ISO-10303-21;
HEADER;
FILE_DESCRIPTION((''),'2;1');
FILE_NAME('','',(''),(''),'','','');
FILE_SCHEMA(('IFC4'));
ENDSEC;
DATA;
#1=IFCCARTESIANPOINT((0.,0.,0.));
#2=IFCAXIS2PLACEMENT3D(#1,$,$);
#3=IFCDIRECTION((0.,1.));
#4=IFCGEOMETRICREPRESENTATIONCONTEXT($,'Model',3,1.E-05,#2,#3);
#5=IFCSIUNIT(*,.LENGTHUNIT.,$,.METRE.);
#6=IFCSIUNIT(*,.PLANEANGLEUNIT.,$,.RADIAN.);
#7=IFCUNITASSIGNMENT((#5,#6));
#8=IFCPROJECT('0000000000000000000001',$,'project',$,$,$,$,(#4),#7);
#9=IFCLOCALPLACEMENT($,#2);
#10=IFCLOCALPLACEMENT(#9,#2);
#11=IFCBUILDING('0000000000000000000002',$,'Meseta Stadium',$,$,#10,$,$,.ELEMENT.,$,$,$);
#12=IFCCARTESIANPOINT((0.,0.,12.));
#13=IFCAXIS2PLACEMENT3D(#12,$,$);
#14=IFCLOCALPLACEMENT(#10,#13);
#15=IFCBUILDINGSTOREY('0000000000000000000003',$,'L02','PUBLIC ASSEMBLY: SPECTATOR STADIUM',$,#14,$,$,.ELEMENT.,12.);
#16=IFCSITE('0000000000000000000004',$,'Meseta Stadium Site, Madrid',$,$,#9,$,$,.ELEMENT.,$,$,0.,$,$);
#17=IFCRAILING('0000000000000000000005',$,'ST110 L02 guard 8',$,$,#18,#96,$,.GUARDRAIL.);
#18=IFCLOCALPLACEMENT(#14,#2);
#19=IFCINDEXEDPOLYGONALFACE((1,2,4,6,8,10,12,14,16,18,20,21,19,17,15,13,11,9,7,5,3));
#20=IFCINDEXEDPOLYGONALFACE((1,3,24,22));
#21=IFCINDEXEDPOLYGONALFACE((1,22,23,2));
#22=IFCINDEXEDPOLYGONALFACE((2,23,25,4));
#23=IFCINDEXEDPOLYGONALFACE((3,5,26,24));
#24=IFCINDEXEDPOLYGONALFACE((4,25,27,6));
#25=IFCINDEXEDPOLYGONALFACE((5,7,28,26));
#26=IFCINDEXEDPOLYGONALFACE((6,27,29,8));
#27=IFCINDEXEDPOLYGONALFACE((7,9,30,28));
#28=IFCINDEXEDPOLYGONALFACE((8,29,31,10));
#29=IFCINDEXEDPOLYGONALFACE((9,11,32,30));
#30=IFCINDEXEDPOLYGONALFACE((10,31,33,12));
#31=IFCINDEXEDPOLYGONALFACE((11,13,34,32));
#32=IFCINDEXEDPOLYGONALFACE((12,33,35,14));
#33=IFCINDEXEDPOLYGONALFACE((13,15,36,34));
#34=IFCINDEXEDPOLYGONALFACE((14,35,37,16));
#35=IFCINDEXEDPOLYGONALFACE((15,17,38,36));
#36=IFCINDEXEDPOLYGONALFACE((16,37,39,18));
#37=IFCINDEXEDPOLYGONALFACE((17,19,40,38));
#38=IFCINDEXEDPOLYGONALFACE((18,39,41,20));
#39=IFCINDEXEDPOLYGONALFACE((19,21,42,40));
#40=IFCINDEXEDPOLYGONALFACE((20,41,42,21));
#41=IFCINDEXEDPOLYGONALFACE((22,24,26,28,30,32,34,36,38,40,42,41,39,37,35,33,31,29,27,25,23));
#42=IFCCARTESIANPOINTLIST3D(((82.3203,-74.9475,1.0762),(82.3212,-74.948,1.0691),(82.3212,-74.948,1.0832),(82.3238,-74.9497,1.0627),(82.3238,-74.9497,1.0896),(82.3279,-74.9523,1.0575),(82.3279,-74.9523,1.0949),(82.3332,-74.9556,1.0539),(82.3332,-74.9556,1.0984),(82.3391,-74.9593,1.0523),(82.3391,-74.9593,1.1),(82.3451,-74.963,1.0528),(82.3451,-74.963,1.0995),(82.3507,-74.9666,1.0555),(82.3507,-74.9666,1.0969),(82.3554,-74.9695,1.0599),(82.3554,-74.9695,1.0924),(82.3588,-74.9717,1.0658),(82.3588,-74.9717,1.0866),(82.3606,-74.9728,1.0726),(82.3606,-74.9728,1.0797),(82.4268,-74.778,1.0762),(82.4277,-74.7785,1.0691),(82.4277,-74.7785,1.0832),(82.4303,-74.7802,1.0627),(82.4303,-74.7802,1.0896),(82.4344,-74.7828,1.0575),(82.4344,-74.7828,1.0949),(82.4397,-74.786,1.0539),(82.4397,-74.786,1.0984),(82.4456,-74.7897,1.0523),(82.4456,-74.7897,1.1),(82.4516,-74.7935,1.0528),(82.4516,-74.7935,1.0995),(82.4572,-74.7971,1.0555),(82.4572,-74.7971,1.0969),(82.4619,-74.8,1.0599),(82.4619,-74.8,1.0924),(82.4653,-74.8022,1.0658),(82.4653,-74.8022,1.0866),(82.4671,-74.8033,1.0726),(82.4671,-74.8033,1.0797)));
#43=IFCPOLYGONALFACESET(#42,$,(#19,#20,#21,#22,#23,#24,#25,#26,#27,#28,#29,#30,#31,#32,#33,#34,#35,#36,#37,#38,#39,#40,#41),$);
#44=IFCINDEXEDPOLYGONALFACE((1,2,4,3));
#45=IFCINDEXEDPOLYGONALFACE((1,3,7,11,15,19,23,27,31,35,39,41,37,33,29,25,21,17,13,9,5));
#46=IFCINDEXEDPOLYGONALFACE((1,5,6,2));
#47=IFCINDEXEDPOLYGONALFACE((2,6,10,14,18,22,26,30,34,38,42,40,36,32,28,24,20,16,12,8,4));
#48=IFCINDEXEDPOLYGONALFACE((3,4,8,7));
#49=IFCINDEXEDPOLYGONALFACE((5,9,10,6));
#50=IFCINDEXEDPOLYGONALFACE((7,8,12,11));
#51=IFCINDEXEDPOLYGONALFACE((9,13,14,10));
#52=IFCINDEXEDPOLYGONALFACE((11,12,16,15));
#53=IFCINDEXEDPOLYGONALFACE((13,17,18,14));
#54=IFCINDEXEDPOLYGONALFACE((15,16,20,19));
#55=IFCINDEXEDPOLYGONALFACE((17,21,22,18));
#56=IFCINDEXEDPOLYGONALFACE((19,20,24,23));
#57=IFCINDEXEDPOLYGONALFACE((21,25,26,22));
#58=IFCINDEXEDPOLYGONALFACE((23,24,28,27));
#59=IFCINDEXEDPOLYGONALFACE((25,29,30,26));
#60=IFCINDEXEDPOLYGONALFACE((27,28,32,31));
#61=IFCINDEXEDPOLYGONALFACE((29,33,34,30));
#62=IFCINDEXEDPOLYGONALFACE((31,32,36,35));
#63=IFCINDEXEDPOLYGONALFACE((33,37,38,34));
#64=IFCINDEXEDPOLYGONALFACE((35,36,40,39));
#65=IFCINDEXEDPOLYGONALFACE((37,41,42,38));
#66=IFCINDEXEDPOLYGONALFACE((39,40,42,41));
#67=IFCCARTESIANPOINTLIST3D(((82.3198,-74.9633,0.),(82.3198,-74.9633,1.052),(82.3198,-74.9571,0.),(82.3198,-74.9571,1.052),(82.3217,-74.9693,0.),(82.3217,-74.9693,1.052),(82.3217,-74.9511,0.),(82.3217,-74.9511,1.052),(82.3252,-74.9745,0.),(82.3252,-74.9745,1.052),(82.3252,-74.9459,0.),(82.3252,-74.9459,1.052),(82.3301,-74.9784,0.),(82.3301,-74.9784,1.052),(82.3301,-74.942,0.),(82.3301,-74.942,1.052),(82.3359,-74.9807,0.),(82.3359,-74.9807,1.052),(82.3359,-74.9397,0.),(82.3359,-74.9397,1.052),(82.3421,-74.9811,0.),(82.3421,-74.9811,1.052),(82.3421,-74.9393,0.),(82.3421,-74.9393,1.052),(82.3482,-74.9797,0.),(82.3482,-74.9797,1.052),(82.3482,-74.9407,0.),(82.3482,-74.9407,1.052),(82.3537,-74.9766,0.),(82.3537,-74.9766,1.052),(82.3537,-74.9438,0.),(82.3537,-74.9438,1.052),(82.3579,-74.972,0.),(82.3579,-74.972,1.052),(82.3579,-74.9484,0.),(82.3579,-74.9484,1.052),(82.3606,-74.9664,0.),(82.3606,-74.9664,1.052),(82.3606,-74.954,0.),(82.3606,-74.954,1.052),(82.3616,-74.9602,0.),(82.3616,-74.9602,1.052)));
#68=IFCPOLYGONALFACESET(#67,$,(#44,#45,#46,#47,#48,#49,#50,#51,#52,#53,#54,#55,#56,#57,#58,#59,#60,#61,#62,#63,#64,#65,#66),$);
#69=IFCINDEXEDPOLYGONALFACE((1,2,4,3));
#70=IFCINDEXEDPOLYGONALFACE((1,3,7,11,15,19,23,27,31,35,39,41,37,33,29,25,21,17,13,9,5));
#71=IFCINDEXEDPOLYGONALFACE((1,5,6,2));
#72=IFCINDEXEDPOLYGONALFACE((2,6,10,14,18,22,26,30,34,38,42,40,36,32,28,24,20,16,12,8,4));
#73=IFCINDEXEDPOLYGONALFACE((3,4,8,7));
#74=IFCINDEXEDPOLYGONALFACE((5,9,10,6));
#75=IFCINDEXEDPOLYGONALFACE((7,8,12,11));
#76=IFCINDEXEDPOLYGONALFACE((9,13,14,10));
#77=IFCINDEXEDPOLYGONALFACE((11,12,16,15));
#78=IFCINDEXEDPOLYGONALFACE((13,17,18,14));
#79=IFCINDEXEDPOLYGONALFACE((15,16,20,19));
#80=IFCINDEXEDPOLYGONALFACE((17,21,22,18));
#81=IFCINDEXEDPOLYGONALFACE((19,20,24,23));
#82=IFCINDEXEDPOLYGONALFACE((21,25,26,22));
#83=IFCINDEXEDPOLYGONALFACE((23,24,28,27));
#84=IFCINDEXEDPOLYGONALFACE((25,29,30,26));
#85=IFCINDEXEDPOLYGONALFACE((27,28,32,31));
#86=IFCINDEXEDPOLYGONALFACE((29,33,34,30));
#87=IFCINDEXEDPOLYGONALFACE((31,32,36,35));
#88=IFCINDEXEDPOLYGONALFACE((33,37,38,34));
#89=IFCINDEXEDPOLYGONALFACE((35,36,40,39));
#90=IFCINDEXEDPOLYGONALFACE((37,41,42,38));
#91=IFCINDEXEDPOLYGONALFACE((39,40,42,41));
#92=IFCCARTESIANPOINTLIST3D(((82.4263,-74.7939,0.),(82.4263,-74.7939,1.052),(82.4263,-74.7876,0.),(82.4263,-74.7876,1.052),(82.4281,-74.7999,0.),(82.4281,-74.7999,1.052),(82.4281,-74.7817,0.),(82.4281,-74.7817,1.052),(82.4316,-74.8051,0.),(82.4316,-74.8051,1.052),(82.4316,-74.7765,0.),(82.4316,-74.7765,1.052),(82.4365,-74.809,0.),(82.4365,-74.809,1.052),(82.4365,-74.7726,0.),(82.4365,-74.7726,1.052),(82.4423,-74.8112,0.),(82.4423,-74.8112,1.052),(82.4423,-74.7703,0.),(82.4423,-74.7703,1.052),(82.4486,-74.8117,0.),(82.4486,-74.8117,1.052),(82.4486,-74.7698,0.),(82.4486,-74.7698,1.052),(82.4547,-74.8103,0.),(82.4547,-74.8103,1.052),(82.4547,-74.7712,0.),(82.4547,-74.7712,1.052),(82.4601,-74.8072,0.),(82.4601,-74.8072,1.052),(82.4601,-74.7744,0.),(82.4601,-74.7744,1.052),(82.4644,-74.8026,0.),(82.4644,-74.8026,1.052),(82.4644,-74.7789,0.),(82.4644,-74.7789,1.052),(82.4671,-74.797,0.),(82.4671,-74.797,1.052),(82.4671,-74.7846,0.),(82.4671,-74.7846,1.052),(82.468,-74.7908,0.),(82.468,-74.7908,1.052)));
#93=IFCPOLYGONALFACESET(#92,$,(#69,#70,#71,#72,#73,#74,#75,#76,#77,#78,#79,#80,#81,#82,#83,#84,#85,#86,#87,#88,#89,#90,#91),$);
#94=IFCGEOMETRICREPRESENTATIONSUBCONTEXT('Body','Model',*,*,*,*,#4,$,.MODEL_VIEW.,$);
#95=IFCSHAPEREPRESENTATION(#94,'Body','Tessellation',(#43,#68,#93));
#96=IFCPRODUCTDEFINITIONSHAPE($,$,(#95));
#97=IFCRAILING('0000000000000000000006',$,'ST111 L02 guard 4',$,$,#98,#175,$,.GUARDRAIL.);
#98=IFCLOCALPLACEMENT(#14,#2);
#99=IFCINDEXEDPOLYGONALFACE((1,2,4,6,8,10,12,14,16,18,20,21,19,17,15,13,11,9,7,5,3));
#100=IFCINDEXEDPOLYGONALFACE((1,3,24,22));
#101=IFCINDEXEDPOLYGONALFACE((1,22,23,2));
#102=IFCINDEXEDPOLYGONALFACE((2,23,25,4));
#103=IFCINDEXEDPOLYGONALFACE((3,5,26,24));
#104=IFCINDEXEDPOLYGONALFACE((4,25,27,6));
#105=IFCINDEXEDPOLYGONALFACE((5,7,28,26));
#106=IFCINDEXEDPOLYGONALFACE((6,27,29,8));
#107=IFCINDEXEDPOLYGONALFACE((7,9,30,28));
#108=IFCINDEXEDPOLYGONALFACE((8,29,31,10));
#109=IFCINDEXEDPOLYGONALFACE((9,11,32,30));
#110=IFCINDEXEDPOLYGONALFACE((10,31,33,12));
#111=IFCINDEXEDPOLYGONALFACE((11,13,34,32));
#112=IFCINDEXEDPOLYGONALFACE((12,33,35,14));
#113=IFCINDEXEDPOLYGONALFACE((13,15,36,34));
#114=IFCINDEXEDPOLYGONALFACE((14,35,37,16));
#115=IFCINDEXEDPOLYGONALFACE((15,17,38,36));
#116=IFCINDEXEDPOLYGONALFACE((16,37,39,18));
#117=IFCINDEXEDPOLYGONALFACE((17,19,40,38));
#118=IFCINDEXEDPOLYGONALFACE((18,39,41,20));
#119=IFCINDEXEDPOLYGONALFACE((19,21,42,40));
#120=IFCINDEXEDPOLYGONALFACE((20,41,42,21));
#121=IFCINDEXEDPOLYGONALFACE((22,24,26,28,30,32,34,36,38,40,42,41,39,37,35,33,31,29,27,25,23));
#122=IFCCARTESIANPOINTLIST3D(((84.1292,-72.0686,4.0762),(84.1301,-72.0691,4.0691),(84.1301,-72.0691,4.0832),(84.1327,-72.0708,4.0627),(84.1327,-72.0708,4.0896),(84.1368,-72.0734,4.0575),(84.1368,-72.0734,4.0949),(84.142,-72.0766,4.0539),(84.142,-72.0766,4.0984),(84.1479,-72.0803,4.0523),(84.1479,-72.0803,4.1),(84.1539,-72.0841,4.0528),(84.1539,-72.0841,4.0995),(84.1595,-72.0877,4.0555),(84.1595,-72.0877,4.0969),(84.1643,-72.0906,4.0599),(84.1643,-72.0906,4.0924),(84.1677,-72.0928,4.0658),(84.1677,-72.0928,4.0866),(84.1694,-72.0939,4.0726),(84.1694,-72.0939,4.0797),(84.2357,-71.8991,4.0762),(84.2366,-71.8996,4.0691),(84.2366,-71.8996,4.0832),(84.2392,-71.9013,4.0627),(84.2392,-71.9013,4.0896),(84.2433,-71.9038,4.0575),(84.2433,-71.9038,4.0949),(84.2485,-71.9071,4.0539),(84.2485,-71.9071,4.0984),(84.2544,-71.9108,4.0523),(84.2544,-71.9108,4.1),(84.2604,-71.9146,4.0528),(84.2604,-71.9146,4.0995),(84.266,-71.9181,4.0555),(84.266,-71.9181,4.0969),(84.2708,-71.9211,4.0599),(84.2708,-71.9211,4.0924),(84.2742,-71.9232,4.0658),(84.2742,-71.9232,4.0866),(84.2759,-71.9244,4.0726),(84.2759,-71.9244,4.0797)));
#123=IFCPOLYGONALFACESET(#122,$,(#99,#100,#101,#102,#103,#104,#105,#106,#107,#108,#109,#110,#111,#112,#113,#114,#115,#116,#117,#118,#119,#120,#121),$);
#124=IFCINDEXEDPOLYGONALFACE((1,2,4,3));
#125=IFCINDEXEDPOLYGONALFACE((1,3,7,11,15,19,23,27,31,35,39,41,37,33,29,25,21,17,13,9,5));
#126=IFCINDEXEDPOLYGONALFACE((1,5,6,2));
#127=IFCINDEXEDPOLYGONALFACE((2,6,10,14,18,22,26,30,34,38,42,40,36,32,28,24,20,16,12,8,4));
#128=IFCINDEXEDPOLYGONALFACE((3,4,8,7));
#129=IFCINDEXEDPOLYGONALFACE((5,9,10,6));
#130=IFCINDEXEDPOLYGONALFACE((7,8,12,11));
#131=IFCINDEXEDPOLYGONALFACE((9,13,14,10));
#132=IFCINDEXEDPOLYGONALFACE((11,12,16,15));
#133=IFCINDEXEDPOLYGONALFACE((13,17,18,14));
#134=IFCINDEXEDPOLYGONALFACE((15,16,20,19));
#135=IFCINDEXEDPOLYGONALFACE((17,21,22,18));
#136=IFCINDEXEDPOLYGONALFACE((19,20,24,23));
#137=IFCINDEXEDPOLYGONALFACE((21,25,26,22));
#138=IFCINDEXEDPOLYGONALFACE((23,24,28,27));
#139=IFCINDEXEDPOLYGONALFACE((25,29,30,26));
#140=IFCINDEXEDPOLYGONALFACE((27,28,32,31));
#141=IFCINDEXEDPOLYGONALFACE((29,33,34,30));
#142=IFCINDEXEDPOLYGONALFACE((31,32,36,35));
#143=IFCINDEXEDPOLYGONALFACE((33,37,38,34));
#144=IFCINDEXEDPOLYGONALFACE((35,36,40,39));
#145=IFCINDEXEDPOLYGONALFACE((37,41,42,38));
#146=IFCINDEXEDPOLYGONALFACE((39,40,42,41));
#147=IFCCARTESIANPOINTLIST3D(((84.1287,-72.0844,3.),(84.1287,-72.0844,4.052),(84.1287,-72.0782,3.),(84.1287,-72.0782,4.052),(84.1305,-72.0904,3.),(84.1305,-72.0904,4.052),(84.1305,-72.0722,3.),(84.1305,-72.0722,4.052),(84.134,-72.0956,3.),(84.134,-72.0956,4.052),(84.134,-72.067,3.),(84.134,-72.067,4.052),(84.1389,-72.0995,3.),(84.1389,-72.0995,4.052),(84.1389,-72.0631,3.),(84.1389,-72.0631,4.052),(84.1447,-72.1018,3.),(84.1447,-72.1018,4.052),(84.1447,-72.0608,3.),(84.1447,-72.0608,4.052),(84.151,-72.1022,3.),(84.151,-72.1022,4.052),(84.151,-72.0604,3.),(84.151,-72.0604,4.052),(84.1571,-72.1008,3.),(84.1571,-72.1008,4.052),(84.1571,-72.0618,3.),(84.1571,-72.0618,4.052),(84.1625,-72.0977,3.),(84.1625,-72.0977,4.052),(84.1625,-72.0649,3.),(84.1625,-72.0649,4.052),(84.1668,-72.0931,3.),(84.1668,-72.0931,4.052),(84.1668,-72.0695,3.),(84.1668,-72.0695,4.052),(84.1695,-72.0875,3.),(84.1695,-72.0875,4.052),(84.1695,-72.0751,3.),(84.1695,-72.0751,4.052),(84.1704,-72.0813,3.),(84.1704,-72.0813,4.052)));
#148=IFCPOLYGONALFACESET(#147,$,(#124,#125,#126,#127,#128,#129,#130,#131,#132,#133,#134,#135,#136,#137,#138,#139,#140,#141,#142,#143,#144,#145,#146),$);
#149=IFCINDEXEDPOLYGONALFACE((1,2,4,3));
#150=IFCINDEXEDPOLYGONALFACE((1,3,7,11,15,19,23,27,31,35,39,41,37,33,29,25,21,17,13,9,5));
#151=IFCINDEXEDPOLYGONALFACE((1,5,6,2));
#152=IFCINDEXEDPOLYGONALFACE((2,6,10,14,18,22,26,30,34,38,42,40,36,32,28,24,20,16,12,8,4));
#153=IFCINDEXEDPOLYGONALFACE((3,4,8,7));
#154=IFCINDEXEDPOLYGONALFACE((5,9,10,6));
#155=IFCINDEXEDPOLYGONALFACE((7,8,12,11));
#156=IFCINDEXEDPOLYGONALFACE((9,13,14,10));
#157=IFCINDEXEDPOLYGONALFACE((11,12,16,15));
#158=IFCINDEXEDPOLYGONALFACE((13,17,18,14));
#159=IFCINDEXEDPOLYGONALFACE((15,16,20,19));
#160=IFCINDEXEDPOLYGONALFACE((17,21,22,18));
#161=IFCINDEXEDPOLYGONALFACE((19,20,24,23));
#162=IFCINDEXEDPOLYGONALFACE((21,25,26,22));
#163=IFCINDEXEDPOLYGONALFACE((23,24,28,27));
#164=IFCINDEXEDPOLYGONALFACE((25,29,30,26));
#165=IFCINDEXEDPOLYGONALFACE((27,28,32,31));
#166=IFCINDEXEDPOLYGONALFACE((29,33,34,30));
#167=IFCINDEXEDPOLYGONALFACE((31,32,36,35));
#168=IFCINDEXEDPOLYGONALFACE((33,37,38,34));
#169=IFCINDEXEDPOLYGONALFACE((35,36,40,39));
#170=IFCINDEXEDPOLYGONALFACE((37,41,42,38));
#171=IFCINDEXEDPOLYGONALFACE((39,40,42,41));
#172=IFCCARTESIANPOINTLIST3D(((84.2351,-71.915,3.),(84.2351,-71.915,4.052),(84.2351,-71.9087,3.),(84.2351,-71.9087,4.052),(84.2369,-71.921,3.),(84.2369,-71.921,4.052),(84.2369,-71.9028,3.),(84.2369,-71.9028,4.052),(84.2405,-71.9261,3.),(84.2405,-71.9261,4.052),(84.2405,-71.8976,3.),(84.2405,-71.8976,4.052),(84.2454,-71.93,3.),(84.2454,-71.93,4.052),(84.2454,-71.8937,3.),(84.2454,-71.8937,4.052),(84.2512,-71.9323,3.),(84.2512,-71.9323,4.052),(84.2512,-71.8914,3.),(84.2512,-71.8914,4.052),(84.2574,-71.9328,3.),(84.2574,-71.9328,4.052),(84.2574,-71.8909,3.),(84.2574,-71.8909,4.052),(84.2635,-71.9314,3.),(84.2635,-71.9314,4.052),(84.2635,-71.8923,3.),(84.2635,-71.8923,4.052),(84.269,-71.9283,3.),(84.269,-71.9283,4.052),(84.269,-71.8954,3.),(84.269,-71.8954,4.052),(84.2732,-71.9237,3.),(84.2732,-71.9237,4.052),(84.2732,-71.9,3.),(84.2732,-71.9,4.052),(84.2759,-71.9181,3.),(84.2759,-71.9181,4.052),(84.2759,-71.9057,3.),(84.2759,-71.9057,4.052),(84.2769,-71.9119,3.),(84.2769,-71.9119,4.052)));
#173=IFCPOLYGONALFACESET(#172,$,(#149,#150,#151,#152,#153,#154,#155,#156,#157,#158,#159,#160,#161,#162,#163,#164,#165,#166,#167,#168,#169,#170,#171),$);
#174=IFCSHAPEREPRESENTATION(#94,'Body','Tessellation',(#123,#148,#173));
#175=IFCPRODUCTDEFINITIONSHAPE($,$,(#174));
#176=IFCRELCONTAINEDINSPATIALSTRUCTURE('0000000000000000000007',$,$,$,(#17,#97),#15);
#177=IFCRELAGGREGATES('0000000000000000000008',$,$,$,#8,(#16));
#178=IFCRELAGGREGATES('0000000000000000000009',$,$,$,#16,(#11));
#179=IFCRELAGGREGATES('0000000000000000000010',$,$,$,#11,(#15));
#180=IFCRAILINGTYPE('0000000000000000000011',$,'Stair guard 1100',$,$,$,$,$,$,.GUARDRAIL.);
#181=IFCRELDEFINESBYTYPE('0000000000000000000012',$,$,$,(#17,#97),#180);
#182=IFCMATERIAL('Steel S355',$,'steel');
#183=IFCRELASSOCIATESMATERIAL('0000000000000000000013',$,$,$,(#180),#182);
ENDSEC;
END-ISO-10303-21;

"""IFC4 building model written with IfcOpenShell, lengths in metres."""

from ifc_helpers import new_model, si_unit, direction, frame, origin, origin_2d, place, context, subcontext, project, spatial, circle, extrude, material, type_object, element, save


model = new_model("IFC4")

# Units and contexts
model_context = context("Model", 3, precision=1e-05, world=origin(), true_north=direction((0.0, 1.0)))
body_context = subcontext(model_context, "Body", "Model", "MODEL_VIEW")
ifc_project = project(units=[si_unit("LENGTHUNIT", "METRE"), si_unit("PLANEANGLEUNIT", "RADIAN")], contexts=[model_context])

# Site, building, storey
site_placement = place(None, origin())
site = spatial("IfcSite", under=ifc_project, at=site_placement, Name="Meseta Stadium Site, Madrid", CompositionType="ELEMENT", RefElevation=0.0)
building_placement = place(site_placement, origin())
building = spatial("IfcBuilding", under=site, at=building_placement, Name="Meseta Stadium", CompositionType="ELEMENT")
storey_placement = place(building_placement, frame((0.0, 0.0, 12.0)))
storey = spatial("IfcBuildingStorey", under=building, at=storey_placement, Name="L02", Description="PUBLIC ASSEMBLY: SPECTATOR STADIUM", CompositionType="ELEMENT", Elevation=12.0)

# Railings
ifc_material_1 = material(Name="Steel S355", Category="steel")
railing_type_1 = type_object("IfcRailingType", Name="Stair guard 1100", PredefinedType="GUARDRAIL", material=ifc_material_1)
for number, where, name in (
    (1, (82.3406, -74.9602, 0.0), "ST110 L02 guard 8"),
    (2, (84.1494, -72.0813, 3.0), "ST111 L02 guard 4"),
):
    element("IfcRailing", number, at=place(storey_placement, frame(where)), inside=storey, type_object=railing_type_1, Name=name, PredefinedType="GUARDRAIL", context=body_context, shape_type="SweptSolid", body=[
        extrude(circle(Radius=0.0239, at=origin_2d()), frame((0.0, 0.0, 1.0762), z_axis=(0.531972, 0.846762, 0.0), x_axis=(-0.846762, 0.531972, 0.0)), (0.0, 0.0, 1.0), 0.2002),
        extrude(circle(Radius=0.021, at=origin_2d()), origin(), (0.0, 0.0, 1.0), 1.052),
        extrude(circle(Radius=0.021, at=origin_2d()), frame((0.1064, 0.1694, 0.0)), (0.0, 0.0, 1.0), 1.052),
    ])

save(model, "model.ifc")
